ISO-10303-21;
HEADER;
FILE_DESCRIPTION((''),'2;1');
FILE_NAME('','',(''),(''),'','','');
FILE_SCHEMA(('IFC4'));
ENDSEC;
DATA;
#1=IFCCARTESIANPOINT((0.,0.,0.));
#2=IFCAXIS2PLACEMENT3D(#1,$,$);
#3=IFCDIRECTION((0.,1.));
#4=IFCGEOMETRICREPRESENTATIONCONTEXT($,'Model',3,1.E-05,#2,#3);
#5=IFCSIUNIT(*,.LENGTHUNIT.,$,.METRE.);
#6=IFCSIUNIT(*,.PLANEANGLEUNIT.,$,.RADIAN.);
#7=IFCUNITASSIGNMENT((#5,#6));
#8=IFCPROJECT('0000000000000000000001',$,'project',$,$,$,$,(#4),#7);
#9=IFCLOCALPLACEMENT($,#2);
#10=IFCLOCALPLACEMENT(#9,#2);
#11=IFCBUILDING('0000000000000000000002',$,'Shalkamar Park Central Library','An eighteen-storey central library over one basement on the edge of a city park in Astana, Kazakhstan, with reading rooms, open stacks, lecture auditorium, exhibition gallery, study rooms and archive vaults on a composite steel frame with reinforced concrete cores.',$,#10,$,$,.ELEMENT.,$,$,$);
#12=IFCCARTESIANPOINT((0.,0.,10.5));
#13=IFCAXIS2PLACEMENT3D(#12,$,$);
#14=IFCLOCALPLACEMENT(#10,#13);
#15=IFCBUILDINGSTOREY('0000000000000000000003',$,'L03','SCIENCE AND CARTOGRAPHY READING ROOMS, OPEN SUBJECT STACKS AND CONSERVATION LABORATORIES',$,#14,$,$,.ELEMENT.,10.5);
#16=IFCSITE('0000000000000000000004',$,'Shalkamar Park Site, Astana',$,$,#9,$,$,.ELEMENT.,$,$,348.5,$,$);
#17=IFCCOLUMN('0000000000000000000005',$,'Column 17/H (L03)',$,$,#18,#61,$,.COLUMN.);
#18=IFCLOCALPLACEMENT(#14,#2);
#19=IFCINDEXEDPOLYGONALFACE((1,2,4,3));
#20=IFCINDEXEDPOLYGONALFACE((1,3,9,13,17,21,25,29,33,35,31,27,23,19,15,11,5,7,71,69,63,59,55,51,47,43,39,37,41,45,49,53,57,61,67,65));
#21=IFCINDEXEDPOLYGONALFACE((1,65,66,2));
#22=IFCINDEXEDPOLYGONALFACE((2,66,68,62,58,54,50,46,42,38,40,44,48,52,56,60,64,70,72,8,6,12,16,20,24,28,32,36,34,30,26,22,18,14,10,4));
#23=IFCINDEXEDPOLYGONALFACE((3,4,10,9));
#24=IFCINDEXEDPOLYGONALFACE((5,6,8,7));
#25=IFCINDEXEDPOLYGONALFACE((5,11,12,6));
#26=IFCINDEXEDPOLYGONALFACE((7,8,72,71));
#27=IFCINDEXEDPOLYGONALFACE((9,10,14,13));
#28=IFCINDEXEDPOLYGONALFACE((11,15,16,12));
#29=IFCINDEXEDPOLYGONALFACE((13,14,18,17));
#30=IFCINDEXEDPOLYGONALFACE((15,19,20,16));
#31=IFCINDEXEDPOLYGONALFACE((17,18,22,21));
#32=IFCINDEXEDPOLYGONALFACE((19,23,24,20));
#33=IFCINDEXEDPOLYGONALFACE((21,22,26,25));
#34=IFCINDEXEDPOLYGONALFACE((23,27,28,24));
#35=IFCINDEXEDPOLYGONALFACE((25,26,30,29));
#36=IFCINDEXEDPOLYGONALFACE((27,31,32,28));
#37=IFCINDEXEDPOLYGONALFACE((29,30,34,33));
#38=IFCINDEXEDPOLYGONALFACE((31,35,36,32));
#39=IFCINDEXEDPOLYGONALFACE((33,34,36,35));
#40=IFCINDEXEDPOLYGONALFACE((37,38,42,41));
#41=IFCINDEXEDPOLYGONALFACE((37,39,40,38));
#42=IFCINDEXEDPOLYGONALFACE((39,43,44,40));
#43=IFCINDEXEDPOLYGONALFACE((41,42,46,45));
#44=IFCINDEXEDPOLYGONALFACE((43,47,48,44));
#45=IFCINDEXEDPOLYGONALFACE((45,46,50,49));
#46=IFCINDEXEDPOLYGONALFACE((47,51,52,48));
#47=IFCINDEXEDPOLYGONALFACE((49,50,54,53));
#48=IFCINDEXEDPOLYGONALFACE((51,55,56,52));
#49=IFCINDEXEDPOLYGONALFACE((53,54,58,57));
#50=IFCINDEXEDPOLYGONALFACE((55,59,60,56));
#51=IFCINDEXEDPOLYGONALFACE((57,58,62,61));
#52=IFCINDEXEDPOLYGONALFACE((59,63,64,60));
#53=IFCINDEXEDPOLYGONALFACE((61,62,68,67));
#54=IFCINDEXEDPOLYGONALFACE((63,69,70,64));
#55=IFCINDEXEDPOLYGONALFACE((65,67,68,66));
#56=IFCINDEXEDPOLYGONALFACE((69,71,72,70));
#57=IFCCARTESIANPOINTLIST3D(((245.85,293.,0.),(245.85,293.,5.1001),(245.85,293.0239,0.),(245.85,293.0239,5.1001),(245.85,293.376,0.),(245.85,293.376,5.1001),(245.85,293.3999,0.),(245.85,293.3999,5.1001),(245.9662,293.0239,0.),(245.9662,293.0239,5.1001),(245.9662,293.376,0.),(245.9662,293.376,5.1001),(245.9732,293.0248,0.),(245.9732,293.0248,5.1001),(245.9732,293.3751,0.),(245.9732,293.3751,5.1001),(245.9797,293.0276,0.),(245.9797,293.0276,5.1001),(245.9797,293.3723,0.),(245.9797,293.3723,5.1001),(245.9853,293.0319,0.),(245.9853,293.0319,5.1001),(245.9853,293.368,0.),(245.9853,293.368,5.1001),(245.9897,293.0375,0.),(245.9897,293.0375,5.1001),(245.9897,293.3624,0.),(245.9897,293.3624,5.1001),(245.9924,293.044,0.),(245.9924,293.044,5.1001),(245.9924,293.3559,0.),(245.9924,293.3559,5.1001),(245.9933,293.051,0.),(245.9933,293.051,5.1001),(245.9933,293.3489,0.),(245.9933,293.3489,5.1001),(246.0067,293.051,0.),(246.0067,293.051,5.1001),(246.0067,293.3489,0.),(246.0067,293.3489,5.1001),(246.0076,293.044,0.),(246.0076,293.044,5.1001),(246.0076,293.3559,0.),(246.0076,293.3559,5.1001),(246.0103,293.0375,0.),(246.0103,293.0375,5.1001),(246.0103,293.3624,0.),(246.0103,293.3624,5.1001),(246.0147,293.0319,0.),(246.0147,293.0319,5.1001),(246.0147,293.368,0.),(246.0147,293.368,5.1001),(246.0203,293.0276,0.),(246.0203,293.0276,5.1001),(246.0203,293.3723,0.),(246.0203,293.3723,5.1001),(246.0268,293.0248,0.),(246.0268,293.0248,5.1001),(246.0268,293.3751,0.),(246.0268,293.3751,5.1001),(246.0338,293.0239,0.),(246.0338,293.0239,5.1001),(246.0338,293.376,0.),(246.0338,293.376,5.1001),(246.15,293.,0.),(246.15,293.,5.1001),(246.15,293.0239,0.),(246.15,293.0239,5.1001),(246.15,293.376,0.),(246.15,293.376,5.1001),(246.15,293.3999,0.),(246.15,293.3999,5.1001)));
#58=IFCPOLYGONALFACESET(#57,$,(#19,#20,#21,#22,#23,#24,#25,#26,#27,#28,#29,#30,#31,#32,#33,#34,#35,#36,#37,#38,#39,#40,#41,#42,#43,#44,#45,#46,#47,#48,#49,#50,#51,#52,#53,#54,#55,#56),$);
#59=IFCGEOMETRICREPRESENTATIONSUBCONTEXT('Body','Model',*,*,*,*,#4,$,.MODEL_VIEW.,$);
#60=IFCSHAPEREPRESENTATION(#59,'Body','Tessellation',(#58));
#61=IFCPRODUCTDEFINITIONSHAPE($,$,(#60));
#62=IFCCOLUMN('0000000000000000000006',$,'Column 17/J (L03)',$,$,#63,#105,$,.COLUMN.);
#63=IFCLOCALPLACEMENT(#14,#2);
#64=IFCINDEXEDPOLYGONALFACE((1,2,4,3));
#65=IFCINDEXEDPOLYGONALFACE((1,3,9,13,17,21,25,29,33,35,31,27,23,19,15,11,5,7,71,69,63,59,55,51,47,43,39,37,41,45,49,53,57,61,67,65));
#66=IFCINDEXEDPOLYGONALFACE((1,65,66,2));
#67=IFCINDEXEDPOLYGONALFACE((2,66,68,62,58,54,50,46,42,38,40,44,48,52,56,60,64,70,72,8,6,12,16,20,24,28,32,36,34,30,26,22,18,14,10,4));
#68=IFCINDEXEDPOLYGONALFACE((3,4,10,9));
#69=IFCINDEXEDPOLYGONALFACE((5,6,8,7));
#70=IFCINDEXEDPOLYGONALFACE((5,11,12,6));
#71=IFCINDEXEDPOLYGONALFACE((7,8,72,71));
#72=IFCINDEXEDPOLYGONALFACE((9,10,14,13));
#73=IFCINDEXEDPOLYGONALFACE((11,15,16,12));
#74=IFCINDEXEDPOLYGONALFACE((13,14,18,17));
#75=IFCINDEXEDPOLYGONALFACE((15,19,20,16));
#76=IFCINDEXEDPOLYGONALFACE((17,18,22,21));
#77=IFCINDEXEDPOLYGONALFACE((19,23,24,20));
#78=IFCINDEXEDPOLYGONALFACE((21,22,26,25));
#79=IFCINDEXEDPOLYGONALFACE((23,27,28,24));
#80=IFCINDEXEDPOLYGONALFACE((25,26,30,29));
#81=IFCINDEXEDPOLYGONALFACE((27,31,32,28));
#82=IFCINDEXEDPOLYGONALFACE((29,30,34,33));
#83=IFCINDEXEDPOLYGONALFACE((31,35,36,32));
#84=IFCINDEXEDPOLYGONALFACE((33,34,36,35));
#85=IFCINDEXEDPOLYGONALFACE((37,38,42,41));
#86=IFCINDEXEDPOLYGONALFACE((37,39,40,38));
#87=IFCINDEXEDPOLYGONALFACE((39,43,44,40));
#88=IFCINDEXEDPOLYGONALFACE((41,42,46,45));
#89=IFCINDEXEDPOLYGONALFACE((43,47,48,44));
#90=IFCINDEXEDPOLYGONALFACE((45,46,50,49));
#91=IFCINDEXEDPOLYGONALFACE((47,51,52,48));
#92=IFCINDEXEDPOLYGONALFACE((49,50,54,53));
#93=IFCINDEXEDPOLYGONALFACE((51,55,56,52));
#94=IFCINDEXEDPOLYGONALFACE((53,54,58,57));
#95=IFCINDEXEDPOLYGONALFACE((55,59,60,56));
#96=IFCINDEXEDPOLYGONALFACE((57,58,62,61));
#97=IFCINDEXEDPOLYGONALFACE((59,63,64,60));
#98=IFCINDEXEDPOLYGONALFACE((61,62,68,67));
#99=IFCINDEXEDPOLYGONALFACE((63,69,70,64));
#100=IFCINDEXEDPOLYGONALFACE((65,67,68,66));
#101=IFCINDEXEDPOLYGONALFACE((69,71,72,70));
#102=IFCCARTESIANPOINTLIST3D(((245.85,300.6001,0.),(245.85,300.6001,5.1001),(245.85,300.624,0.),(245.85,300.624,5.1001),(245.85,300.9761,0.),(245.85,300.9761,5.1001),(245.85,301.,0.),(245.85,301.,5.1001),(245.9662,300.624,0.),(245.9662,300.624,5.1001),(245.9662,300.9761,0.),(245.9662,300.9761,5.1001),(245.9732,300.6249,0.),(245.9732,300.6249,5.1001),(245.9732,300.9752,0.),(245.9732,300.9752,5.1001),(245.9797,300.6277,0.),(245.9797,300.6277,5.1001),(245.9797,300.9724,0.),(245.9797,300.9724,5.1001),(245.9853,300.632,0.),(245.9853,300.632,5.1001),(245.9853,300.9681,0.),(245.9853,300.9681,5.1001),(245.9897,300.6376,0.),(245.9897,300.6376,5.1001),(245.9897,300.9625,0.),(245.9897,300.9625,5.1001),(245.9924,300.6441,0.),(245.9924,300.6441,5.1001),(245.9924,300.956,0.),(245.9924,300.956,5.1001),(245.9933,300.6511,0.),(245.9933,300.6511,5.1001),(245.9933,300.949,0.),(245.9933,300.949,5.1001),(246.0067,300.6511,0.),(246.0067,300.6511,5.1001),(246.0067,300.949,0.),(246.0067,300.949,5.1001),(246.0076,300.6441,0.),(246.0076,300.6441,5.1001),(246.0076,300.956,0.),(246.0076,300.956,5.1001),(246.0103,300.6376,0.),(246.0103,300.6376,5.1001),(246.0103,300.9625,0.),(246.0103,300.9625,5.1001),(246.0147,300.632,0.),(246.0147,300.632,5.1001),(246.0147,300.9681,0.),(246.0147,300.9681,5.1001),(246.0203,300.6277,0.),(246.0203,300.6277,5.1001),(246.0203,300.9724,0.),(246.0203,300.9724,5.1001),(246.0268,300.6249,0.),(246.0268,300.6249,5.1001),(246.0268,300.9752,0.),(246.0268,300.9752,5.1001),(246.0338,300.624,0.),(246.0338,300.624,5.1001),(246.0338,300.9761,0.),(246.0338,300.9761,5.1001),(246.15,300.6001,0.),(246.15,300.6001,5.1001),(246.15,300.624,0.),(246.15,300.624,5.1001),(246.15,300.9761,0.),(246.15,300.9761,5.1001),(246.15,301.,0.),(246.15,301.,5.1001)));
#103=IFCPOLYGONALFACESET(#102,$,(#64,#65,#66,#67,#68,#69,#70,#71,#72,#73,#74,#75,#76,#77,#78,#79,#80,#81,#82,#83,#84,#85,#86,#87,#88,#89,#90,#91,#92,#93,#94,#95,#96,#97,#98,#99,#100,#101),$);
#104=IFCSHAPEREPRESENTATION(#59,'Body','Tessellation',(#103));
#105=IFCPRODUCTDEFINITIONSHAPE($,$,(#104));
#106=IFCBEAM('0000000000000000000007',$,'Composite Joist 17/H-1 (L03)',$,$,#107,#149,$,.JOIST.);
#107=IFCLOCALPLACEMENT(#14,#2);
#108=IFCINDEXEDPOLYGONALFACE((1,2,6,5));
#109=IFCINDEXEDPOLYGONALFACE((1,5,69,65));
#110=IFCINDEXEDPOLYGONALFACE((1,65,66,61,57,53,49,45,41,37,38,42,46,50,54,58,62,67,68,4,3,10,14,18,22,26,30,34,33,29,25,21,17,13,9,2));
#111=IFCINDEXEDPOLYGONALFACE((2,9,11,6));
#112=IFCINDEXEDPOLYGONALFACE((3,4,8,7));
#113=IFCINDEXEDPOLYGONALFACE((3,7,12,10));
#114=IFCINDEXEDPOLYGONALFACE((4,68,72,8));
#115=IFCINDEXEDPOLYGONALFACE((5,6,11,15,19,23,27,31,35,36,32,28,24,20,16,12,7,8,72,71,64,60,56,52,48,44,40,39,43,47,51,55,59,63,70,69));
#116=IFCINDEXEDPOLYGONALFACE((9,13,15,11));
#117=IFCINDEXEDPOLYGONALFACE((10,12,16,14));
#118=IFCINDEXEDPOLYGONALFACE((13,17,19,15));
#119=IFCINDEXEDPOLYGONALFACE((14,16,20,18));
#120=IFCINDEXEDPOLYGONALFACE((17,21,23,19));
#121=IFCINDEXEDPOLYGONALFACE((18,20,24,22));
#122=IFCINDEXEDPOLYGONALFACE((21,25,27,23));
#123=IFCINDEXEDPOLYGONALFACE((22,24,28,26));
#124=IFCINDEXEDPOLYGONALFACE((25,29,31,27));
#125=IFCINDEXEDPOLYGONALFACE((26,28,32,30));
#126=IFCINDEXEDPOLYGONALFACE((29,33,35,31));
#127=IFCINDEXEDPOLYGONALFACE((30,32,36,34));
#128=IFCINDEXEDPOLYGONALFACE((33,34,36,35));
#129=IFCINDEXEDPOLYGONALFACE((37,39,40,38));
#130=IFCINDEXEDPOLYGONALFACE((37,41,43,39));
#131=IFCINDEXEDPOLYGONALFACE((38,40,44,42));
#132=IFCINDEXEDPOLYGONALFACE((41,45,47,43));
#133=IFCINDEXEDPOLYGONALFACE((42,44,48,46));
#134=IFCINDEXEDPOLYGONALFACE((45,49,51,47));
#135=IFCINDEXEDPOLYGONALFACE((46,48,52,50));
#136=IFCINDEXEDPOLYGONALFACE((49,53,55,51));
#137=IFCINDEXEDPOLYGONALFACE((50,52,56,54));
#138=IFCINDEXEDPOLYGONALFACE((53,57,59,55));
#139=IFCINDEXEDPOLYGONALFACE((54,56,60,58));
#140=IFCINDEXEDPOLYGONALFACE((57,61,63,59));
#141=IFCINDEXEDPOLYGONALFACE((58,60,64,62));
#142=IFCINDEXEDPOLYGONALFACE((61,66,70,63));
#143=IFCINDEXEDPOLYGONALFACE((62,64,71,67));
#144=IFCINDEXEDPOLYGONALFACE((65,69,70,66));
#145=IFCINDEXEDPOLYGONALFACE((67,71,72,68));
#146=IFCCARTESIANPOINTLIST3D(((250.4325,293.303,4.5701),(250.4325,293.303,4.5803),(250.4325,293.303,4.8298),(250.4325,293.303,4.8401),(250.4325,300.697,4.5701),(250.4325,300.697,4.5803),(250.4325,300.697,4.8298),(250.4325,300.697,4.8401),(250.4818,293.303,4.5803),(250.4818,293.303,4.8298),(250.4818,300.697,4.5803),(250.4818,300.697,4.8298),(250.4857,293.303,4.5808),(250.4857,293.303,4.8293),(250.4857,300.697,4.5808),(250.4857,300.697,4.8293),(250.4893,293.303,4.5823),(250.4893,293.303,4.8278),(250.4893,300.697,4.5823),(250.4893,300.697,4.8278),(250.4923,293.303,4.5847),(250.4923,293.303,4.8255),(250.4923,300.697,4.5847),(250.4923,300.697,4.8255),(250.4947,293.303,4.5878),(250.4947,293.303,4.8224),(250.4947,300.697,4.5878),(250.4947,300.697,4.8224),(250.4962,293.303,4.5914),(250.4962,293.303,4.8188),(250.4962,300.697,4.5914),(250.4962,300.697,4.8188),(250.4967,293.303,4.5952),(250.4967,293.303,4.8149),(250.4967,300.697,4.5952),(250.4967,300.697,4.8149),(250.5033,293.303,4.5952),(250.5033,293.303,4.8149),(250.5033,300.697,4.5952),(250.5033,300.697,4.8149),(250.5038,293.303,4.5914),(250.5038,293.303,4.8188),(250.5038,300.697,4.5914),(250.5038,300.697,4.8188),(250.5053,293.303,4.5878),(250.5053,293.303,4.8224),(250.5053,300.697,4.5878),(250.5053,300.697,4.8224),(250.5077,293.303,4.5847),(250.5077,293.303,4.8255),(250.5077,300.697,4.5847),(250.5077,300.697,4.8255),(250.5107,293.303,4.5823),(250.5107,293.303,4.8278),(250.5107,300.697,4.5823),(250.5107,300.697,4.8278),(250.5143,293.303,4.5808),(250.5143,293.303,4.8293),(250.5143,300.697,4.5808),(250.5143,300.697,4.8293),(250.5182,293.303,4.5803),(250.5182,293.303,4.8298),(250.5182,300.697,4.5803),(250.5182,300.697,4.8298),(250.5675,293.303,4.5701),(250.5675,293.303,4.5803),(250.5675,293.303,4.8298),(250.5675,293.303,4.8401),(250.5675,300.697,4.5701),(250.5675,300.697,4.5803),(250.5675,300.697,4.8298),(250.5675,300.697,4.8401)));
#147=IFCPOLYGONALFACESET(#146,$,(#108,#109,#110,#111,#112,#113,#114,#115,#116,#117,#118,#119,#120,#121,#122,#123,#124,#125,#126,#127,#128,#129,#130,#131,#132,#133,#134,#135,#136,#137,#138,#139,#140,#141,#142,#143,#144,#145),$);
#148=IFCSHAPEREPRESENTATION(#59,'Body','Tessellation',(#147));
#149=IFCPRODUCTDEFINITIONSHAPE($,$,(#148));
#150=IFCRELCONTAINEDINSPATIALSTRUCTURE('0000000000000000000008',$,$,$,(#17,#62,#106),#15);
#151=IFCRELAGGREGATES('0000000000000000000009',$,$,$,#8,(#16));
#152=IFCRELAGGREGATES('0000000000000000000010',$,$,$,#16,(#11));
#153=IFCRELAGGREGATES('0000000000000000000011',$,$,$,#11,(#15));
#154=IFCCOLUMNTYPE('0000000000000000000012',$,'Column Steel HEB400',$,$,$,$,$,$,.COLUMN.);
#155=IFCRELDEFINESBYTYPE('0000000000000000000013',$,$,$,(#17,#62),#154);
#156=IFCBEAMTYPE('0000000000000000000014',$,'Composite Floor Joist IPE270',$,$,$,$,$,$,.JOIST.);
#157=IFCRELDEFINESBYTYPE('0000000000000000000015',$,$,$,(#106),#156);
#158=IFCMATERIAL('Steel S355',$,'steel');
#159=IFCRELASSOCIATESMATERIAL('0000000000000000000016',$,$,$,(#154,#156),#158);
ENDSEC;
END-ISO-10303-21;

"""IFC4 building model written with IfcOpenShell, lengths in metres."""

from ifc_helpers import new_model, si_unit, direction, frame, origin, origin_2d, place, context, subcontext, project, spatial, i_section, extrude, material, material_profile, profile_set, type_object, element, save


model = new_model("IFC4")

# Units and contexts
model_context = context("Model", 3, precision=1e-05, world=origin(), true_north=direction((0.0, 1.0)))
body_context = subcontext(model_context, "Body", "Model", "MODEL_VIEW")
ifc_project = project(units=[si_unit("LENGTHUNIT", "METRE"), si_unit("PLANEANGLEUNIT", "RADIAN")], contexts=[model_context])

# Site, building, storey
site_placement = place(None, origin())
site = spatial("IfcSite", under=ifc_project, at=site_placement, Name="Shalkamar Park Site, Astana", CompositionType="ELEMENT", RefElevation=348.5)
building_placement = place(site_placement, origin())
building = spatial("IfcBuilding", under=site, at=building_placement, Name="Shalkamar Park Central Library", Description="An eighteen-storey central library over one basement on the edge of a city park in Astana, Kazakhstan, with reading rooms, open stacks, lecture auditorium, exhibition gallery, study rooms and archive vaults on a composite steel frame with reinforced concrete cores.", CompositionType="ELEMENT")
storey_placement = place(building_placement, frame((0.0, 0.0, 10.5)))
storey = spatial("IfcBuildingStorey", under=building, at=storey_placement, Name="L03", Description="SCIENCE AND CARTOGRAPHY READING ROOMS, OPEN SUBJECT STACKS AND CONSERVATION LABORATORIES", CompositionType="ELEMENT", Elevation=10.5)

# Columns
ifc_material_1 = material(Name="Steel S355", Category="steel")
ifc_material_profile_1 = material_profile(ifc_material_1, i_section(OverallWidth=0.3, OverallDepth=0.3999, WebThickness=0.0134, FlangeThickness=0.0239, FilletRadius=0.0271, at=origin_2d()), Name="HEB 400")
ifc_profile_set_1 = profile_set([ifc_material_profile_1], Name="Steel S355")
column_type = type_object("IfcColumnType", Name="Column Steel HEB400", PredefinedType="COLUMN", material=ifc_profile_set_1)
for number, where, z_axis, x_axis, name in (
    (1, (246.0, 293.2, 0.0), (0.0, 0.0, 1.0), (1.0, 0.0, 0.0), "Column 17/H (L03)"),
    (2, (246.0, 300.8, 0.0), (0.0, 0.0, 1.0), (1.0, 0.0, 0.0), "Column 17/J (L03)"),
):
    element("IfcColumn", number, at=place(storey_placement, frame(where, z_axis=z_axis, x_axis=x_axis)), inside=storey, type_object=column_type, Name=name, PredefinedType="COLUMN", context=body_context, shape_type="SweptSolid", body=[
        extrude(i_section(OverallWidth=0.3, OverallDepth=0.3999, WebThickness=0.0134, FlangeThickness=0.0239, FilletRadius=0.0271, at=origin_2d()), origin(), (0.0, 0.0, 1.0), 5.1001),
    ])

# Beam
ifc_material_profile_2 = material_profile(ifc_material_1, i_section(OverallWidth=0.135, OverallDepth=0.27, WebThickness=0.0066, FlangeThickness=0.0103, FilletRadius=0.0149, at=origin_2d()), Name="IPE 270")
ifc_profile_set_2 = profile_set([ifc_material_profile_2], Name="Steel S355")
beam_type_1 = type_object("IfcBeamType", Name="Composite Floor Joist IPE270", PredefinedType="JOIST", material=ifc_profile_set_2)
beam_1_placement = place(storey_placement, frame((250.5, 293.303, 4.7051), z_axis=(0.0, 1.0, 0.0), x_axis=(-1.0, 0.0, 0.0)))
element("IfcBeam", 3, at=beam_1_placement, inside=storey, type_object=beam_type_1, Name="Composite Joist 17/H-1 (L03)", PredefinedType="JOIST", context=body_context, shape_type="SweptSolid", body=[
    extrude(i_section(OverallWidth=0.135, OverallDepth=0.27, WebThickness=0.0066, FlangeThickness=0.0103, FilletRadius=0.0149, at=origin_2d()), origin(), (0.0, 0.0, 1.0), 7.394),
])

save(model, "model.ifc")
